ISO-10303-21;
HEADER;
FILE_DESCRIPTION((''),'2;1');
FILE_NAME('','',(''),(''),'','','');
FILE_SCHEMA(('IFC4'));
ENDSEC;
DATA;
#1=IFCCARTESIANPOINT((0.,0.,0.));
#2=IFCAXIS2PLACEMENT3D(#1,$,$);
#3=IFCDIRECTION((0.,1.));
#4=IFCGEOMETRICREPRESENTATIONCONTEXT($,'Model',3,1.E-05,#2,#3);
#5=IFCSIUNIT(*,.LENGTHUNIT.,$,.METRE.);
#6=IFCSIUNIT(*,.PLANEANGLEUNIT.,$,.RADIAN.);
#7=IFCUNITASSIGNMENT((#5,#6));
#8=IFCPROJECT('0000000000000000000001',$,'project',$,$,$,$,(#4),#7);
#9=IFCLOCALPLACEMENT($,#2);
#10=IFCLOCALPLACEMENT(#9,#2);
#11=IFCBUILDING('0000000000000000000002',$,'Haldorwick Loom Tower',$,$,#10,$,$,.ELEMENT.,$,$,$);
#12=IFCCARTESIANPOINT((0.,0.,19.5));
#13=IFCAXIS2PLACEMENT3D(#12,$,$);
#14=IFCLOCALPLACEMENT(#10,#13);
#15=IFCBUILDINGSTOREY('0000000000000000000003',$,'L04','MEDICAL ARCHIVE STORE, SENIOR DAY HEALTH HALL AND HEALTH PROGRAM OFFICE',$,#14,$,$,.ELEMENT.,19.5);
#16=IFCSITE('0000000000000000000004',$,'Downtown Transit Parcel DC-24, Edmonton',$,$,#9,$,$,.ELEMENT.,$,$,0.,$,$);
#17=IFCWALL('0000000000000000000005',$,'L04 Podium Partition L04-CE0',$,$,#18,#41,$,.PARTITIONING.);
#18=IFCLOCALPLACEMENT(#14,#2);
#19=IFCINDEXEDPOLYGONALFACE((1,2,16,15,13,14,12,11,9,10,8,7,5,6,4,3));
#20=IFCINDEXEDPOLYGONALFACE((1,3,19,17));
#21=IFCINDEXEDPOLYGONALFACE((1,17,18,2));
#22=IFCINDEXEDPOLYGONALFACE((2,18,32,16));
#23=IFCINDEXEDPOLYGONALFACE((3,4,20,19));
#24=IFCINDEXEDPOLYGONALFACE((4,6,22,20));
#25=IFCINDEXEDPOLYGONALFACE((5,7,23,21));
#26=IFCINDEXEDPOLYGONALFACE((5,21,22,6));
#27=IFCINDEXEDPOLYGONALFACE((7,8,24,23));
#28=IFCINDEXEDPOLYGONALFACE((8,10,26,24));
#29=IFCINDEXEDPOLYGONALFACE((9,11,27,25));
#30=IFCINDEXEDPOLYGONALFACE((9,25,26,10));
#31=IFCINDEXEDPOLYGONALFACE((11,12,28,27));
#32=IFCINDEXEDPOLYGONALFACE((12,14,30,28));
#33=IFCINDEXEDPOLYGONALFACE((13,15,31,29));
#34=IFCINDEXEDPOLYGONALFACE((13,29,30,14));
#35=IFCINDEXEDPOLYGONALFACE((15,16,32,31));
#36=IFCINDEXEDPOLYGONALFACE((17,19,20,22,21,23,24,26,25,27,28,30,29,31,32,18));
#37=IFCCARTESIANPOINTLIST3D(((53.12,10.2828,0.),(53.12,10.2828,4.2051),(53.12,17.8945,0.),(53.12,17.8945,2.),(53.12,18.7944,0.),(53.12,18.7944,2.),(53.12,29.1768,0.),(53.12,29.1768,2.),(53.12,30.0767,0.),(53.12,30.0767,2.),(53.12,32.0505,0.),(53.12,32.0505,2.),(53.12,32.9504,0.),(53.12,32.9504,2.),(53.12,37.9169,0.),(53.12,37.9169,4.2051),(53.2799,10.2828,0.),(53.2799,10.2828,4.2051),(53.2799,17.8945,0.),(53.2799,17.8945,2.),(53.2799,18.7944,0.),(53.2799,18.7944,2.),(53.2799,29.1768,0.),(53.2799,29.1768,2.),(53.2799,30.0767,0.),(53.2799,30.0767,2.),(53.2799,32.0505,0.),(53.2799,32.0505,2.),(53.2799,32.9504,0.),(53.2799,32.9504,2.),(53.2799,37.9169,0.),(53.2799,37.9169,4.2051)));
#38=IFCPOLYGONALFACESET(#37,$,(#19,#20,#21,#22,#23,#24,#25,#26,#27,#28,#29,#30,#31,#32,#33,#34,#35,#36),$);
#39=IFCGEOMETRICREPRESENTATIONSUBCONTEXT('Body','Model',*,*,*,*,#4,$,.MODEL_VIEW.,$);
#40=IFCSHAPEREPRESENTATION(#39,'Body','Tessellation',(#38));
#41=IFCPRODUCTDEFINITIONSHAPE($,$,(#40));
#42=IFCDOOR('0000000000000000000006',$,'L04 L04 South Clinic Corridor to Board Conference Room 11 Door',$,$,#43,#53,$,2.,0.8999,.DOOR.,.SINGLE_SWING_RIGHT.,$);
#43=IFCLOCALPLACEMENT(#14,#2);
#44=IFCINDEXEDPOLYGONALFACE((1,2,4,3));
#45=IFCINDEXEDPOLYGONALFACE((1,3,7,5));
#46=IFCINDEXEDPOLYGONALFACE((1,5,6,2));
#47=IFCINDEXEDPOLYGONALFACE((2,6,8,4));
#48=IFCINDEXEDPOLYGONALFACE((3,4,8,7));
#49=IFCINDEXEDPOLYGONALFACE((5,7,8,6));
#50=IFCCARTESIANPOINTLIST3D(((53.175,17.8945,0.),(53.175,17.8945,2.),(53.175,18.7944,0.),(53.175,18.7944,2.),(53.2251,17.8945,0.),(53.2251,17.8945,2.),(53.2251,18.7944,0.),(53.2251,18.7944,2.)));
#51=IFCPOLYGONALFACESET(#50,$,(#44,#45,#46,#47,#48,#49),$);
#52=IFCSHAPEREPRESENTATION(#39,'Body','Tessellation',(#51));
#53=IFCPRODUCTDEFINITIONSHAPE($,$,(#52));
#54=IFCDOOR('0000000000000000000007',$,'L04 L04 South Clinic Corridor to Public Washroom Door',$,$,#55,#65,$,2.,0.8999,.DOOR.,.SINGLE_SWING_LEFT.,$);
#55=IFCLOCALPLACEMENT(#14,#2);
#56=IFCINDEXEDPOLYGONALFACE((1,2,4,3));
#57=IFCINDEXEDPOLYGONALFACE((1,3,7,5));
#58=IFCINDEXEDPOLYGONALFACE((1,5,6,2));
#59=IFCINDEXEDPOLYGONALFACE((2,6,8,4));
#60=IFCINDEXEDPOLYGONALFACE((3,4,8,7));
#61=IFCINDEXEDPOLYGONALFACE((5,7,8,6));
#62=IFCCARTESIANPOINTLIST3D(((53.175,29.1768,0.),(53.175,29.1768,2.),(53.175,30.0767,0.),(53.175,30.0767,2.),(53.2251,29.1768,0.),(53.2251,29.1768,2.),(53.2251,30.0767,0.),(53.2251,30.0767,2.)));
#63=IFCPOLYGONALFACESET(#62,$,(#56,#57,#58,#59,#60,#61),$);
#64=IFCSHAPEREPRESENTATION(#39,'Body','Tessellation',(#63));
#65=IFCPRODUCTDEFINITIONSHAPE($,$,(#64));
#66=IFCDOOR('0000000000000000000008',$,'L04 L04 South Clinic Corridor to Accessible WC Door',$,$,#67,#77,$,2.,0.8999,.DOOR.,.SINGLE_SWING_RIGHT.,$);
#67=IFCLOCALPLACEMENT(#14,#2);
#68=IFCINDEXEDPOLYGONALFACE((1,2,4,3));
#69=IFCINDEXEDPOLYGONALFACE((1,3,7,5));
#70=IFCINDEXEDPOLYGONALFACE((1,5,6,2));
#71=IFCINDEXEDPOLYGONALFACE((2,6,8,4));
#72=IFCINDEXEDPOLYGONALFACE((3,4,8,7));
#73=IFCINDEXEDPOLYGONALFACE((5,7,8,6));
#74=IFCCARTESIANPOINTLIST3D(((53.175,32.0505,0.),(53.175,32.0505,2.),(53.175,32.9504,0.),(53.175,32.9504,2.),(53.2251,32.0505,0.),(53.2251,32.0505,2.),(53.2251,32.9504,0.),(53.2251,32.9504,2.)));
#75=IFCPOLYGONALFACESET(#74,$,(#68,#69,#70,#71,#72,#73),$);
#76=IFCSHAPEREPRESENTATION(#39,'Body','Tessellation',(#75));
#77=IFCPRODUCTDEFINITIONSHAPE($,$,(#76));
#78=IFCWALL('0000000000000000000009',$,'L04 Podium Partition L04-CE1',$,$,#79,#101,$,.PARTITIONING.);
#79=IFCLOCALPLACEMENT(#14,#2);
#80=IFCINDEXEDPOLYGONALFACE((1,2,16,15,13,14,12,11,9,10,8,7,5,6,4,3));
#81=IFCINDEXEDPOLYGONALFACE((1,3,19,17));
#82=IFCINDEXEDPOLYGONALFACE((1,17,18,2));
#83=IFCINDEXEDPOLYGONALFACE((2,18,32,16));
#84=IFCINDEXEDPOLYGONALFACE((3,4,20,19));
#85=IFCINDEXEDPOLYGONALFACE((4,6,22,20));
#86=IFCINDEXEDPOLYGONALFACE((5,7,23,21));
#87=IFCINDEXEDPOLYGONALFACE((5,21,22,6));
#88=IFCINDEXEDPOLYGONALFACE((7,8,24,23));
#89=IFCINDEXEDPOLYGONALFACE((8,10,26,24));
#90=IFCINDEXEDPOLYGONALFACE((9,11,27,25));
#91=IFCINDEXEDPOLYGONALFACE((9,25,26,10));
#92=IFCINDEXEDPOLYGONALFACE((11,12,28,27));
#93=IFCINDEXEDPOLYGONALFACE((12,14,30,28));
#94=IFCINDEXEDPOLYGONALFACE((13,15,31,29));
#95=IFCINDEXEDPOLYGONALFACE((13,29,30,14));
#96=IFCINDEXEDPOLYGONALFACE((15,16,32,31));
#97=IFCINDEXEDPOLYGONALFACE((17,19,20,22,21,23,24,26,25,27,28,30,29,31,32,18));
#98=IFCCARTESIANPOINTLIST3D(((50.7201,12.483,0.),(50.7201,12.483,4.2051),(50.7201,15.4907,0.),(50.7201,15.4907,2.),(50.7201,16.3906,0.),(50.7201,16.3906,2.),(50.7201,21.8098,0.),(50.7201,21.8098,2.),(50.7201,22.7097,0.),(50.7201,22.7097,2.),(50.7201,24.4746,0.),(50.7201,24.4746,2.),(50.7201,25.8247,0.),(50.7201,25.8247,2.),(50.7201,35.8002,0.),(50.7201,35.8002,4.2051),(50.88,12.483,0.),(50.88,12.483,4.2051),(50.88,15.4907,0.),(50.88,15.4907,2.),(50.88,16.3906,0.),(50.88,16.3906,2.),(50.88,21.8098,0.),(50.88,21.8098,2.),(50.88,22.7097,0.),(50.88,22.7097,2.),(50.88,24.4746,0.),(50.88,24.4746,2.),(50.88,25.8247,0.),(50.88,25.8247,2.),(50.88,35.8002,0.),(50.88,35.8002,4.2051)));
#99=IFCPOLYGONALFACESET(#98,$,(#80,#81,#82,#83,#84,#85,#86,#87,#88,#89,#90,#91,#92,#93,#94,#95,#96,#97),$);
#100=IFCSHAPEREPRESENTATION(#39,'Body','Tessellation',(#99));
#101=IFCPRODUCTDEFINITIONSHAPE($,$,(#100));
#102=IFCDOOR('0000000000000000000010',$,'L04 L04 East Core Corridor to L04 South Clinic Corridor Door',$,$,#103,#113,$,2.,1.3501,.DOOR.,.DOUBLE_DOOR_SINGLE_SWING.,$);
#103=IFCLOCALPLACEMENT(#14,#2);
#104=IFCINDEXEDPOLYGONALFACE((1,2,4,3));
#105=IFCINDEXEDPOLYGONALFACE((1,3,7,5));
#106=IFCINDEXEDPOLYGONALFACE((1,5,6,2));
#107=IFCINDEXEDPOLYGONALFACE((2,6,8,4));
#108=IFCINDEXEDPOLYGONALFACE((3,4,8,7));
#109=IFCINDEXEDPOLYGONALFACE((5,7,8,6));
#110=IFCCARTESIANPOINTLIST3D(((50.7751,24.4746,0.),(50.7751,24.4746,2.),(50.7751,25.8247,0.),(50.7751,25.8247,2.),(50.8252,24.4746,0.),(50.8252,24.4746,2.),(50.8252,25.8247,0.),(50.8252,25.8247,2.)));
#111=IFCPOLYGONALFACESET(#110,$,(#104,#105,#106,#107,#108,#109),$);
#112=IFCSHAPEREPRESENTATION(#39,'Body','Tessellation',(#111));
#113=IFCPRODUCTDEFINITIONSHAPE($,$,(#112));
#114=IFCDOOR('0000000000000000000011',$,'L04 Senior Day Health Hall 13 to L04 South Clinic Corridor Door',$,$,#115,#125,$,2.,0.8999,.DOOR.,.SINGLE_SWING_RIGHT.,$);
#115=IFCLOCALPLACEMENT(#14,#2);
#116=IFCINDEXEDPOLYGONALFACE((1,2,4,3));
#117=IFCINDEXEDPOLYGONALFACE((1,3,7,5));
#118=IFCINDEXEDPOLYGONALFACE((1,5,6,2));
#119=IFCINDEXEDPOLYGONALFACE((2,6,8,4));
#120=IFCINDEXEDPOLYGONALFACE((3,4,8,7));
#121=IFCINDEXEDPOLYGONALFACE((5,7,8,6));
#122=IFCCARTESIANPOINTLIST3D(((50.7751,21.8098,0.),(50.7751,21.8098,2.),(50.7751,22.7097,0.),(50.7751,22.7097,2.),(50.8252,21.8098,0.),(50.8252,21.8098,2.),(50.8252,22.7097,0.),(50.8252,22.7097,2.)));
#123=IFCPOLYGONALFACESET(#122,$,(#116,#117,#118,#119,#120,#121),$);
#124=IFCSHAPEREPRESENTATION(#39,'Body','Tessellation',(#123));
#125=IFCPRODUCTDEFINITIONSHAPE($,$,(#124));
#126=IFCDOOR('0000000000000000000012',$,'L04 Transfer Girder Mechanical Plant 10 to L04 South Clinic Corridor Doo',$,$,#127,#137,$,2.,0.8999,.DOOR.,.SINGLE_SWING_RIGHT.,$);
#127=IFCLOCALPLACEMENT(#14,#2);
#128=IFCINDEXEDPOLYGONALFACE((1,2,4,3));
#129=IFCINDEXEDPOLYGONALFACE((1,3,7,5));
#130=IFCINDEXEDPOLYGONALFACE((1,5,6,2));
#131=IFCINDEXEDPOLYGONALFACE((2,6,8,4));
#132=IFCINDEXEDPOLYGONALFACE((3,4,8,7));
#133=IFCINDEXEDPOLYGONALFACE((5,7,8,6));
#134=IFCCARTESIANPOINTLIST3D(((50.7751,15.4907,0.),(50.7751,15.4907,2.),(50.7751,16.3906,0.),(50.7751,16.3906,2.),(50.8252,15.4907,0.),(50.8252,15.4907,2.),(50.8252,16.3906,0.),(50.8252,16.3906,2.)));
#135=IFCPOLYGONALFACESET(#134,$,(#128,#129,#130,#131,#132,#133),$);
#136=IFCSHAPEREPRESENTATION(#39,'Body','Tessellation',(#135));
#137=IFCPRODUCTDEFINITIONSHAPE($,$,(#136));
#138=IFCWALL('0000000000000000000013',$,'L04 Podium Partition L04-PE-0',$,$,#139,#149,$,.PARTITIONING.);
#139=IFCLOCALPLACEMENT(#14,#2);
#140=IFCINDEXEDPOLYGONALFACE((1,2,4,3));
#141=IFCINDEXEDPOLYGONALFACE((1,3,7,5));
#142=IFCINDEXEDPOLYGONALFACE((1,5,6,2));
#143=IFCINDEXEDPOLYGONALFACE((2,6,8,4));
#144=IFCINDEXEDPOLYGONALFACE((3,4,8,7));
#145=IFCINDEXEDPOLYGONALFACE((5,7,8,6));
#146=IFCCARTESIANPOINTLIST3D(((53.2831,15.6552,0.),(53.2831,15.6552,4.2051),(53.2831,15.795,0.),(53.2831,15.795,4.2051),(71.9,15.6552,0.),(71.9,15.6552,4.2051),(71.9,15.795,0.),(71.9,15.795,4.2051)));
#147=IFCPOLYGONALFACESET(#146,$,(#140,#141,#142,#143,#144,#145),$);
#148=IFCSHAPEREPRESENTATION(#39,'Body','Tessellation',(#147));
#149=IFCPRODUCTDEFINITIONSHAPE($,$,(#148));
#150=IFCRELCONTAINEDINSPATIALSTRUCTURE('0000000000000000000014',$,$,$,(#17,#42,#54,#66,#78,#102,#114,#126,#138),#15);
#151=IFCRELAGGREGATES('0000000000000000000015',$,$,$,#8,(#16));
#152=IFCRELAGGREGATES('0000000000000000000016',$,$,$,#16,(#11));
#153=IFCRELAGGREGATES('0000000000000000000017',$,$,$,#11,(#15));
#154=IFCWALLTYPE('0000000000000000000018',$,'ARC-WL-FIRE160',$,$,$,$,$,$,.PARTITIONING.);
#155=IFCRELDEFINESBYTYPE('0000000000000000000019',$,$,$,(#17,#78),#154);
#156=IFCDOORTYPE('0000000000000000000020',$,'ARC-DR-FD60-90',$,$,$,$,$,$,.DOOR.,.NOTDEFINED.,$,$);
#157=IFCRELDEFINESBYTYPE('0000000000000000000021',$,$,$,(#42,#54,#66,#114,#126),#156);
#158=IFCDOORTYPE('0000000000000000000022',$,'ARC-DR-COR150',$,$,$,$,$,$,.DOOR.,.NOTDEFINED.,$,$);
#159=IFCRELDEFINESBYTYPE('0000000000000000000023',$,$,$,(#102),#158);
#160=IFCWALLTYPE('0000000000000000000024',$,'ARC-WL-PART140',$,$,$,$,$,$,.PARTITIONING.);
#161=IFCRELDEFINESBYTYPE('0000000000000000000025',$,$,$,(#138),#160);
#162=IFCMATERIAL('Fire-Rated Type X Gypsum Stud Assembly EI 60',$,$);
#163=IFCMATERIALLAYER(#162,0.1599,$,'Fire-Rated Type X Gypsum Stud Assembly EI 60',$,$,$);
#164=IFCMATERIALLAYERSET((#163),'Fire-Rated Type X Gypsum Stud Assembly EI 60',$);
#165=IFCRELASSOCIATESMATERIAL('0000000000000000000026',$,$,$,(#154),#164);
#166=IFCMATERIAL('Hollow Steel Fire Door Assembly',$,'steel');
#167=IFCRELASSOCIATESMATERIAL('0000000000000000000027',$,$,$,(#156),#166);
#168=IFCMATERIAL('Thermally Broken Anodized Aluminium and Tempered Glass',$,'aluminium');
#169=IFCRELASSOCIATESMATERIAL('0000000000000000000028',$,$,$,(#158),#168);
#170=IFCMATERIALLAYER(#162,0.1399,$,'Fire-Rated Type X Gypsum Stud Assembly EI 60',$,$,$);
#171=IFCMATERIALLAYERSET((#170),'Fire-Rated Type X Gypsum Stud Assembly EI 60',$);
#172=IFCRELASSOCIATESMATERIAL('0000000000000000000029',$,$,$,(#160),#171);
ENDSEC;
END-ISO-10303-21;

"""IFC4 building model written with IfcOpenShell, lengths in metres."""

from ifc_helpers import new_model, si_unit, direction, frame, frame_2d, origin, place, context, subcontext, project, spatial, rectangle, extrude, material, layer, layer_set, type_object, element, fill, save


model = new_model("IFC4")

# Units and contexts
model_context = context("Model", 3, precision=1e-05, world=origin(), true_north=direction((0.0, 1.0)))
body_context = subcontext(model_context, "Body", "Model", "MODEL_VIEW")
ifc_project = project(units=[si_unit("LENGTHUNIT", "METRE"), si_unit("PLANEANGLEUNIT", "RADIAN")], contexts=[model_context])

# Site, building, storey
site_placement = place(None, origin())
site = spatial("IfcSite", under=ifc_project, at=site_placement, Name="Downtown Transit Parcel DC-24, Edmonton", CompositionType="ELEMENT", RefElevation=0.0)
building_placement = place(site_placement, origin())
building = spatial("IfcBuilding", under=site, at=building_placement, Name="Haldorwick Loom Tower", CompositionType="ELEMENT")
storey_placement = place(building_placement, frame((0.0, 0.0, 19.5)))
storey = spatial("IfcBuildingStorey", under=building, at=storey_placement, Name="L04", Description="MEDICAL ARCHIVE STORE, SENIOR DAY HEALTH HALL AND HEALTH PROGRAM OFFICE", CompositionType="ELEMENT", Elevation=19.5)

# Walls, openings, doors
ifc_material_1 = material(Name="Fire-Rated Type X Gypsum Stud Assembly EI 60")
ifc_layer_1 = layer(ifc_material_1, 0.1599, Name="Fire-Rated Type X Gypsum Stud Assembly EI 60")
ifc_layer_set_1 = layer_set([ifc_layer_1], Name="Fire-Rated Type X Gypsum Stud Assembly EI 60")
wall_type_1 = type_object("IfcWallType", Name="ARC-WL-FIRE160", PredefinedType="PARTITIONING", material=ifc_layer_set_1)
wall_1_placement = place(storey_placement, frame((53.2, 10.283, 0.0), z_axis=(0.0, 0.0, 1.0), x_axis=(0.0, 1.0, 0.0)))
wall_1 = element("IfcWall", 1, at=wall_1_placement, inside=storey, type_object=wall_type_1, Name="L04 Podium Partition L04-CE0", PredefinedType="PARTITIONING", context=body_context, shape_type="SweptSolid", body=[
    extrude(rectangle(XDim=27.634, YDim=0.1599, at=frame_2d((13.8169, 0.0))), origin(), (0.0, 0.0, 1.0), 4.2051),
])
opening_1_placement = place(wall_1_placement, frame((7.6116, 0.0, 0.0)))
opening_1 = element("IfcOpeningElement", 2, at=opening_1_placement, cuts=wall_1, PredefinedType="OPENING", context=body_context, shape_type="SweptSolid", body=[
    extrude(rectangle(XDim=0.8999, YDim=2.0, at=frame_2d((0.45, 1.0))), frame((0.0, 0.0898, 0.0), z_axis=(0.0, -1.0, 0.0), x_axis=(1.0, 0.0, 0.0)), (0.0, 0.0, 1.0), 0.1799),
])
opening_2_placement = place(wall_1_placement, frame((18.8938, 0.0, 0.0)))
opening_2 = element("IfcOpeningElement", 3, at=opening_2_placement, cuts=wall_1, PredefinedType="OPENING", context=body_context, shape_type="SweptSolid", body=[
    extrude(rectangle(XDim=0.8999, YDim=2.0, at=frame_2d((0.45, 1.0))), frame((0.0, 0.0898, 0.0), z_axis=(0.0, -1.0, 0.0), x_axis=(1.0, 0.0, 0.0)), (0.0, 0.0, 1.0), 0.1799),
])
opening_3_placement = place(wall_1_placement, frame((21.7676, 0.0, 0.0)))
opening_3 = element("IfcOpeningElement", 4, at=opening_3_placement, cuts=wall_1, PredefinedType="OPENING", context=body_context, shape_type="SweptSolid", body=[
    extrude(rectangle(XDim=0.8999, YDim=2.0, at=frame_2d((0.45, 1.0))), frame((0.0, 0.0898, 0.0), z_axis=(0.0, -1.0, 0.0), x_axis=(1.0, 0.0, 0.0)), (0.0, 0.0, 1.0), 0.1799),
])
ifc_material_2 = material(Name="Hollow Steel Fire Door Assembly", Category="steel")
door_type_1 = type_object("IfcDoorType", Name="ARC-DR-FD60-90", OperationType="NOTDEFINED", PredefinedType="DOOR", material=ifc_material_2)
door_1_placement = place(opening_1_placement, origin())
door_1 = element("IfcDoor", 5, at=door_1_placement, inside=storey, type_object=door_type_1, Name="L04 L04 South Clinic Corridor to Board Conference Room 11 Door", OperationType="SINGLE_SWING_RIGHT", OverallHeight=2.0, OverallWidth=0.8999, PredefinedType="DOOR", context=body_context, shape_type="SweptSolid", body=[
    extrude(rectangle(XDim=0.8999, YDim=2.0, at=frame_2d((0.45, 1.0))), frame((0.0, 0.0249, 0.0), z_axis=(0.0, -1.0, 0.0), x_axis=(1.0, 0.0, 0.0)), (0.0, 0.0, 1.0), 0.05),
])
fill(opening_1, door_1)
door_2_placement = place(opening_2_placement, origin())
door_2 = element("IfcDoor", 6, at=door_2_placement, inside=storey, type_object=door_type_1, Name="L04 L04 South Clinic Corridor to Public Washroom Door", OperationType="SINGLE_SWING_LEFT", OverallHeight=2.0, OverallWidth=0.8999, PredefinedType="DOOR", context=body_context, shape_type="SweptSolid", body=[
    extrude(rectangle(XDim=0.8999, YDim=2.0, at=frame_2d((0.45, 1.0))), frame((0.0, 0.0249, 0.0), z_axis=(0.0, -1.0, 0.0), x_axis=(1.0, 0.0, 0.0)), (0.0, 0.0, 1.0), 0.05),
])
fill(opening_2, door_2)
door_3_placement = place(opening_3_placement, origin())
door_3 = element("IfcDoor", 7, at=door_3_placement, inside=storey, type_object=door_type_1, Name="L04 L04 South Clinic Corridor to Accessible WC Door", OperationType="SINGLE_SWING_RIGHT", OverallHeight=2.0, OverallWidth=0.8999, PredefinedType="DOOR", context=body_context, shape_type="SweptSolid", body=[
    extrude(rectangle(XDim=0.8999, YDim=2.0, at=frame_2d((0.45, 1.0))), frame((0.0, 0.0249, 0.0), z_axis=(0.0, -1.0, 0.0), x_axis=(1.0, 0.0, 0.0)), (0.0, 0.0, 1.0), 0.05),
])
fill(opening_3, door_3)
wall_2_placement = place(storey_placement, frame((50.8, 12.4829, 0.0), z_axis=(0.0, 0.0, 1.0), x_axis=(0.0, 1.0, 0.0)))
wall_2 = element("IfcWall", 8, at=wall_2_placement, inside=storey, type_object=wall_type_1, Name="L04 Podium Partition L04-CE1", PredefinedType="PARTITIONING", context=body_context, shape_type="SweptSolid", body=[
    extrude(rectangle(XDim=23.3171, YDim=0.1599, at=frame_2d((11.6587, 0.0))), origin(), (0.0, 0.0, 1.0), 4.2051),
])
opening_4_placement = place(wall_2_placement, frame((11.9917, 0.0, 0.0)))
opening_4 = element("IfcOpeningElement", 9, at=opening_4_placement, cuts=wall_2, PredefinedType="OPENING", context=body_context, shape_type="SweptSolid", body=[
    extrude(rectangle(XDim=1.3501, YDim=2.0, at=frame_2d((0.675, 1.0))), frame((0.0, 0.0898, 0.0), z_axis=(0.0, -1.0, 0.0), x_axis=(1.0, 0.0, 0.0)), (0.0, 0.0, 1.0), 0.1799),
])
opening_5_placement = place(wall_2_placement, frame((9.3269, 0.0, 0.0)))
opening_5 = element("IfcOpeningElement", 10, at=opening_5_placement, cuts=wall_2, PredefinedType="OPENING", context=body_context, shape_type="SweptSolid", body=[
    extrude(rectangle(XDim=0.8999, YDim=2.0, at=frame_2d((0.45, 1.0))), frame((0.0, 0.0898, 0.0), z_axis=(0.0, -1.0, 0.0), x_axis=(1.0, 0.0, 0.0)), (0.0, 0.0, 1.0), 0.1799),
])
opening_6_placement = place(wall_2_placement, frame((3.0078, 0.0, 0.0)))
opening_6 = element("IfcOpeningElement", 11, at=opening_6_placement, cuts=wall_2, PredefinedType="OPENING", context=body_context, shape_type="SweptSolid", body=[
    extrude(rectangle(XDim=0.8999, YDim=2.0, at=frame_2d((0.45, 1.0))), frame((0.0, 0.0898, 0.0), z_axis=(0.0, -1.0, 0.0), x_axis=(1.0, 0.0, 0.0)), (0.0, 0.0, 1.0), 0.1799),
])
ifc_material_3 = material(Name="Thermally Broken Anodized Aluminium and Tempered Glass", Category="aluminium")
door_type_2 = type_object("IfcDoorType", Name="ARC-DR-COR150", OperationType="NOTDEFINED", PredefinedType="DOOR", material=ifc_material_3)
door_4_placement = place(opening_4_placement, origin())
door_4 = element("IfcDoor", 12, at=door_4_placement, inside=storey, type_object=door_type_2, Name="L04 L04 East Core Corridor to L04 South Clinic Corridor Door", OperationType="DOUBLE_DOOR_SINGLE_SWING", OverallHeight=2.0, OverallWidth=1.3501, PredefinedType="DOOR", context=body_context, shape_type="SweptSolid", body=[
    extrude(rectangle(XDim=1.3501, YDim=2.0, at=frame_2d((0.675, 1.0))), frame((0.0, 0.0249, 0.0), z_axis=(0.0, -1.0, 0.0), x_axis=(1.0, 0.0, 0.0)), (0.0, 0.0, 1.0), 0.05),
])
fill(opening_4, door_4)
door_5_placement = place(opening_5_placement, origin())
door_5 = element("IfcDoor", 13, at=door_5_placement, inside=storey, type_object=door_type_1, Name="L04 Senior Day Health Hall 13 to L04 South Clinic Corridor Door", OperationType="SINGLE_SWING_RIGHT", OverallHeight=2.0, OverallWidth=0.8999, PredefinedType="DOOR", context=body_context, shape_type="SweptSolid", body=[
    extrude(rectangle(XDim=0.8999, YDim=2.0, at=frame_2d((0.45, 1.0))), frame((0.0, 0.0249, 0.0), z_axis=(0.0, -1.0, 0.0), x_axis=(1.0, 0.0, 0.0)), (0.0, 0.0, 1.0), 0.05),
])
fill(opening_5, door_5)
door_6_placement = place(opening_6_placement, origin())
door_6 = element("IfcDoor", 14, at=door_6_placement, inside=storey, type_object=door_type_1, Name="L04 Transfer Girder Mechanical Plant 10 to L04 South Clinic Corridor Doo", OperationType="SINGLE_SWING_RIGHT", OverallHeight=2.0, OverallWidth=0.8999, PredefinedType="DOOR", context=body_context, shape_type="SweptSolid", body=[
    extrude(rectangle(XDim=0.8999, YDim=2.0, at=frame_2d((0.45, 1.0))), frame((0.0, 0.0249, 0.0), z_axis=(0.0, -1.0, 0.0), x_axis=(1.0, 0.0, 0.0)), (0.0, 0.0, 1.0), 0.05),
])
fill(opening_6, door_6)

# Wall
ifc_layer_2 = layer(ifc_material_1, 0.1399, Name="Fire-Rated Type X Gypsum Stud Assembly EI 60")
ifc_layer_set_2 = layer_set([ifc_layer_2], Name="Fire-Rated Type X Gypsum Stud Assembly EI 60")
wall_type_2 = type_object("IfcWallType", Name="ARC-WL-PART140", PredefinedType="PARTITIONING", material=ifc_layer_set_2)
wall_3_placement = place(storey_placement, frame((53.283, 15.7251, 0.0), z_axis=(0.0, 0.0, 1.0), x_axis=(1.0, 0.0, 0.0)))
element("IfcWall", 15, at=wall_3_placement, inside=storey, type_object=wall_type_2, Name="L04 Podium Partition L04-PE-0", PredefinedType="PARTITIONING", context=body_context, shape_type="SweptSolid", body=[
    extrude(rectangle(XDim=18.6169, YDim=0.1399, at=frame_2d((9.3086, 0.0))), origin(), (0.0, 0.0, 1.0), 4.2051),
])

save(model, "model.ifc")
